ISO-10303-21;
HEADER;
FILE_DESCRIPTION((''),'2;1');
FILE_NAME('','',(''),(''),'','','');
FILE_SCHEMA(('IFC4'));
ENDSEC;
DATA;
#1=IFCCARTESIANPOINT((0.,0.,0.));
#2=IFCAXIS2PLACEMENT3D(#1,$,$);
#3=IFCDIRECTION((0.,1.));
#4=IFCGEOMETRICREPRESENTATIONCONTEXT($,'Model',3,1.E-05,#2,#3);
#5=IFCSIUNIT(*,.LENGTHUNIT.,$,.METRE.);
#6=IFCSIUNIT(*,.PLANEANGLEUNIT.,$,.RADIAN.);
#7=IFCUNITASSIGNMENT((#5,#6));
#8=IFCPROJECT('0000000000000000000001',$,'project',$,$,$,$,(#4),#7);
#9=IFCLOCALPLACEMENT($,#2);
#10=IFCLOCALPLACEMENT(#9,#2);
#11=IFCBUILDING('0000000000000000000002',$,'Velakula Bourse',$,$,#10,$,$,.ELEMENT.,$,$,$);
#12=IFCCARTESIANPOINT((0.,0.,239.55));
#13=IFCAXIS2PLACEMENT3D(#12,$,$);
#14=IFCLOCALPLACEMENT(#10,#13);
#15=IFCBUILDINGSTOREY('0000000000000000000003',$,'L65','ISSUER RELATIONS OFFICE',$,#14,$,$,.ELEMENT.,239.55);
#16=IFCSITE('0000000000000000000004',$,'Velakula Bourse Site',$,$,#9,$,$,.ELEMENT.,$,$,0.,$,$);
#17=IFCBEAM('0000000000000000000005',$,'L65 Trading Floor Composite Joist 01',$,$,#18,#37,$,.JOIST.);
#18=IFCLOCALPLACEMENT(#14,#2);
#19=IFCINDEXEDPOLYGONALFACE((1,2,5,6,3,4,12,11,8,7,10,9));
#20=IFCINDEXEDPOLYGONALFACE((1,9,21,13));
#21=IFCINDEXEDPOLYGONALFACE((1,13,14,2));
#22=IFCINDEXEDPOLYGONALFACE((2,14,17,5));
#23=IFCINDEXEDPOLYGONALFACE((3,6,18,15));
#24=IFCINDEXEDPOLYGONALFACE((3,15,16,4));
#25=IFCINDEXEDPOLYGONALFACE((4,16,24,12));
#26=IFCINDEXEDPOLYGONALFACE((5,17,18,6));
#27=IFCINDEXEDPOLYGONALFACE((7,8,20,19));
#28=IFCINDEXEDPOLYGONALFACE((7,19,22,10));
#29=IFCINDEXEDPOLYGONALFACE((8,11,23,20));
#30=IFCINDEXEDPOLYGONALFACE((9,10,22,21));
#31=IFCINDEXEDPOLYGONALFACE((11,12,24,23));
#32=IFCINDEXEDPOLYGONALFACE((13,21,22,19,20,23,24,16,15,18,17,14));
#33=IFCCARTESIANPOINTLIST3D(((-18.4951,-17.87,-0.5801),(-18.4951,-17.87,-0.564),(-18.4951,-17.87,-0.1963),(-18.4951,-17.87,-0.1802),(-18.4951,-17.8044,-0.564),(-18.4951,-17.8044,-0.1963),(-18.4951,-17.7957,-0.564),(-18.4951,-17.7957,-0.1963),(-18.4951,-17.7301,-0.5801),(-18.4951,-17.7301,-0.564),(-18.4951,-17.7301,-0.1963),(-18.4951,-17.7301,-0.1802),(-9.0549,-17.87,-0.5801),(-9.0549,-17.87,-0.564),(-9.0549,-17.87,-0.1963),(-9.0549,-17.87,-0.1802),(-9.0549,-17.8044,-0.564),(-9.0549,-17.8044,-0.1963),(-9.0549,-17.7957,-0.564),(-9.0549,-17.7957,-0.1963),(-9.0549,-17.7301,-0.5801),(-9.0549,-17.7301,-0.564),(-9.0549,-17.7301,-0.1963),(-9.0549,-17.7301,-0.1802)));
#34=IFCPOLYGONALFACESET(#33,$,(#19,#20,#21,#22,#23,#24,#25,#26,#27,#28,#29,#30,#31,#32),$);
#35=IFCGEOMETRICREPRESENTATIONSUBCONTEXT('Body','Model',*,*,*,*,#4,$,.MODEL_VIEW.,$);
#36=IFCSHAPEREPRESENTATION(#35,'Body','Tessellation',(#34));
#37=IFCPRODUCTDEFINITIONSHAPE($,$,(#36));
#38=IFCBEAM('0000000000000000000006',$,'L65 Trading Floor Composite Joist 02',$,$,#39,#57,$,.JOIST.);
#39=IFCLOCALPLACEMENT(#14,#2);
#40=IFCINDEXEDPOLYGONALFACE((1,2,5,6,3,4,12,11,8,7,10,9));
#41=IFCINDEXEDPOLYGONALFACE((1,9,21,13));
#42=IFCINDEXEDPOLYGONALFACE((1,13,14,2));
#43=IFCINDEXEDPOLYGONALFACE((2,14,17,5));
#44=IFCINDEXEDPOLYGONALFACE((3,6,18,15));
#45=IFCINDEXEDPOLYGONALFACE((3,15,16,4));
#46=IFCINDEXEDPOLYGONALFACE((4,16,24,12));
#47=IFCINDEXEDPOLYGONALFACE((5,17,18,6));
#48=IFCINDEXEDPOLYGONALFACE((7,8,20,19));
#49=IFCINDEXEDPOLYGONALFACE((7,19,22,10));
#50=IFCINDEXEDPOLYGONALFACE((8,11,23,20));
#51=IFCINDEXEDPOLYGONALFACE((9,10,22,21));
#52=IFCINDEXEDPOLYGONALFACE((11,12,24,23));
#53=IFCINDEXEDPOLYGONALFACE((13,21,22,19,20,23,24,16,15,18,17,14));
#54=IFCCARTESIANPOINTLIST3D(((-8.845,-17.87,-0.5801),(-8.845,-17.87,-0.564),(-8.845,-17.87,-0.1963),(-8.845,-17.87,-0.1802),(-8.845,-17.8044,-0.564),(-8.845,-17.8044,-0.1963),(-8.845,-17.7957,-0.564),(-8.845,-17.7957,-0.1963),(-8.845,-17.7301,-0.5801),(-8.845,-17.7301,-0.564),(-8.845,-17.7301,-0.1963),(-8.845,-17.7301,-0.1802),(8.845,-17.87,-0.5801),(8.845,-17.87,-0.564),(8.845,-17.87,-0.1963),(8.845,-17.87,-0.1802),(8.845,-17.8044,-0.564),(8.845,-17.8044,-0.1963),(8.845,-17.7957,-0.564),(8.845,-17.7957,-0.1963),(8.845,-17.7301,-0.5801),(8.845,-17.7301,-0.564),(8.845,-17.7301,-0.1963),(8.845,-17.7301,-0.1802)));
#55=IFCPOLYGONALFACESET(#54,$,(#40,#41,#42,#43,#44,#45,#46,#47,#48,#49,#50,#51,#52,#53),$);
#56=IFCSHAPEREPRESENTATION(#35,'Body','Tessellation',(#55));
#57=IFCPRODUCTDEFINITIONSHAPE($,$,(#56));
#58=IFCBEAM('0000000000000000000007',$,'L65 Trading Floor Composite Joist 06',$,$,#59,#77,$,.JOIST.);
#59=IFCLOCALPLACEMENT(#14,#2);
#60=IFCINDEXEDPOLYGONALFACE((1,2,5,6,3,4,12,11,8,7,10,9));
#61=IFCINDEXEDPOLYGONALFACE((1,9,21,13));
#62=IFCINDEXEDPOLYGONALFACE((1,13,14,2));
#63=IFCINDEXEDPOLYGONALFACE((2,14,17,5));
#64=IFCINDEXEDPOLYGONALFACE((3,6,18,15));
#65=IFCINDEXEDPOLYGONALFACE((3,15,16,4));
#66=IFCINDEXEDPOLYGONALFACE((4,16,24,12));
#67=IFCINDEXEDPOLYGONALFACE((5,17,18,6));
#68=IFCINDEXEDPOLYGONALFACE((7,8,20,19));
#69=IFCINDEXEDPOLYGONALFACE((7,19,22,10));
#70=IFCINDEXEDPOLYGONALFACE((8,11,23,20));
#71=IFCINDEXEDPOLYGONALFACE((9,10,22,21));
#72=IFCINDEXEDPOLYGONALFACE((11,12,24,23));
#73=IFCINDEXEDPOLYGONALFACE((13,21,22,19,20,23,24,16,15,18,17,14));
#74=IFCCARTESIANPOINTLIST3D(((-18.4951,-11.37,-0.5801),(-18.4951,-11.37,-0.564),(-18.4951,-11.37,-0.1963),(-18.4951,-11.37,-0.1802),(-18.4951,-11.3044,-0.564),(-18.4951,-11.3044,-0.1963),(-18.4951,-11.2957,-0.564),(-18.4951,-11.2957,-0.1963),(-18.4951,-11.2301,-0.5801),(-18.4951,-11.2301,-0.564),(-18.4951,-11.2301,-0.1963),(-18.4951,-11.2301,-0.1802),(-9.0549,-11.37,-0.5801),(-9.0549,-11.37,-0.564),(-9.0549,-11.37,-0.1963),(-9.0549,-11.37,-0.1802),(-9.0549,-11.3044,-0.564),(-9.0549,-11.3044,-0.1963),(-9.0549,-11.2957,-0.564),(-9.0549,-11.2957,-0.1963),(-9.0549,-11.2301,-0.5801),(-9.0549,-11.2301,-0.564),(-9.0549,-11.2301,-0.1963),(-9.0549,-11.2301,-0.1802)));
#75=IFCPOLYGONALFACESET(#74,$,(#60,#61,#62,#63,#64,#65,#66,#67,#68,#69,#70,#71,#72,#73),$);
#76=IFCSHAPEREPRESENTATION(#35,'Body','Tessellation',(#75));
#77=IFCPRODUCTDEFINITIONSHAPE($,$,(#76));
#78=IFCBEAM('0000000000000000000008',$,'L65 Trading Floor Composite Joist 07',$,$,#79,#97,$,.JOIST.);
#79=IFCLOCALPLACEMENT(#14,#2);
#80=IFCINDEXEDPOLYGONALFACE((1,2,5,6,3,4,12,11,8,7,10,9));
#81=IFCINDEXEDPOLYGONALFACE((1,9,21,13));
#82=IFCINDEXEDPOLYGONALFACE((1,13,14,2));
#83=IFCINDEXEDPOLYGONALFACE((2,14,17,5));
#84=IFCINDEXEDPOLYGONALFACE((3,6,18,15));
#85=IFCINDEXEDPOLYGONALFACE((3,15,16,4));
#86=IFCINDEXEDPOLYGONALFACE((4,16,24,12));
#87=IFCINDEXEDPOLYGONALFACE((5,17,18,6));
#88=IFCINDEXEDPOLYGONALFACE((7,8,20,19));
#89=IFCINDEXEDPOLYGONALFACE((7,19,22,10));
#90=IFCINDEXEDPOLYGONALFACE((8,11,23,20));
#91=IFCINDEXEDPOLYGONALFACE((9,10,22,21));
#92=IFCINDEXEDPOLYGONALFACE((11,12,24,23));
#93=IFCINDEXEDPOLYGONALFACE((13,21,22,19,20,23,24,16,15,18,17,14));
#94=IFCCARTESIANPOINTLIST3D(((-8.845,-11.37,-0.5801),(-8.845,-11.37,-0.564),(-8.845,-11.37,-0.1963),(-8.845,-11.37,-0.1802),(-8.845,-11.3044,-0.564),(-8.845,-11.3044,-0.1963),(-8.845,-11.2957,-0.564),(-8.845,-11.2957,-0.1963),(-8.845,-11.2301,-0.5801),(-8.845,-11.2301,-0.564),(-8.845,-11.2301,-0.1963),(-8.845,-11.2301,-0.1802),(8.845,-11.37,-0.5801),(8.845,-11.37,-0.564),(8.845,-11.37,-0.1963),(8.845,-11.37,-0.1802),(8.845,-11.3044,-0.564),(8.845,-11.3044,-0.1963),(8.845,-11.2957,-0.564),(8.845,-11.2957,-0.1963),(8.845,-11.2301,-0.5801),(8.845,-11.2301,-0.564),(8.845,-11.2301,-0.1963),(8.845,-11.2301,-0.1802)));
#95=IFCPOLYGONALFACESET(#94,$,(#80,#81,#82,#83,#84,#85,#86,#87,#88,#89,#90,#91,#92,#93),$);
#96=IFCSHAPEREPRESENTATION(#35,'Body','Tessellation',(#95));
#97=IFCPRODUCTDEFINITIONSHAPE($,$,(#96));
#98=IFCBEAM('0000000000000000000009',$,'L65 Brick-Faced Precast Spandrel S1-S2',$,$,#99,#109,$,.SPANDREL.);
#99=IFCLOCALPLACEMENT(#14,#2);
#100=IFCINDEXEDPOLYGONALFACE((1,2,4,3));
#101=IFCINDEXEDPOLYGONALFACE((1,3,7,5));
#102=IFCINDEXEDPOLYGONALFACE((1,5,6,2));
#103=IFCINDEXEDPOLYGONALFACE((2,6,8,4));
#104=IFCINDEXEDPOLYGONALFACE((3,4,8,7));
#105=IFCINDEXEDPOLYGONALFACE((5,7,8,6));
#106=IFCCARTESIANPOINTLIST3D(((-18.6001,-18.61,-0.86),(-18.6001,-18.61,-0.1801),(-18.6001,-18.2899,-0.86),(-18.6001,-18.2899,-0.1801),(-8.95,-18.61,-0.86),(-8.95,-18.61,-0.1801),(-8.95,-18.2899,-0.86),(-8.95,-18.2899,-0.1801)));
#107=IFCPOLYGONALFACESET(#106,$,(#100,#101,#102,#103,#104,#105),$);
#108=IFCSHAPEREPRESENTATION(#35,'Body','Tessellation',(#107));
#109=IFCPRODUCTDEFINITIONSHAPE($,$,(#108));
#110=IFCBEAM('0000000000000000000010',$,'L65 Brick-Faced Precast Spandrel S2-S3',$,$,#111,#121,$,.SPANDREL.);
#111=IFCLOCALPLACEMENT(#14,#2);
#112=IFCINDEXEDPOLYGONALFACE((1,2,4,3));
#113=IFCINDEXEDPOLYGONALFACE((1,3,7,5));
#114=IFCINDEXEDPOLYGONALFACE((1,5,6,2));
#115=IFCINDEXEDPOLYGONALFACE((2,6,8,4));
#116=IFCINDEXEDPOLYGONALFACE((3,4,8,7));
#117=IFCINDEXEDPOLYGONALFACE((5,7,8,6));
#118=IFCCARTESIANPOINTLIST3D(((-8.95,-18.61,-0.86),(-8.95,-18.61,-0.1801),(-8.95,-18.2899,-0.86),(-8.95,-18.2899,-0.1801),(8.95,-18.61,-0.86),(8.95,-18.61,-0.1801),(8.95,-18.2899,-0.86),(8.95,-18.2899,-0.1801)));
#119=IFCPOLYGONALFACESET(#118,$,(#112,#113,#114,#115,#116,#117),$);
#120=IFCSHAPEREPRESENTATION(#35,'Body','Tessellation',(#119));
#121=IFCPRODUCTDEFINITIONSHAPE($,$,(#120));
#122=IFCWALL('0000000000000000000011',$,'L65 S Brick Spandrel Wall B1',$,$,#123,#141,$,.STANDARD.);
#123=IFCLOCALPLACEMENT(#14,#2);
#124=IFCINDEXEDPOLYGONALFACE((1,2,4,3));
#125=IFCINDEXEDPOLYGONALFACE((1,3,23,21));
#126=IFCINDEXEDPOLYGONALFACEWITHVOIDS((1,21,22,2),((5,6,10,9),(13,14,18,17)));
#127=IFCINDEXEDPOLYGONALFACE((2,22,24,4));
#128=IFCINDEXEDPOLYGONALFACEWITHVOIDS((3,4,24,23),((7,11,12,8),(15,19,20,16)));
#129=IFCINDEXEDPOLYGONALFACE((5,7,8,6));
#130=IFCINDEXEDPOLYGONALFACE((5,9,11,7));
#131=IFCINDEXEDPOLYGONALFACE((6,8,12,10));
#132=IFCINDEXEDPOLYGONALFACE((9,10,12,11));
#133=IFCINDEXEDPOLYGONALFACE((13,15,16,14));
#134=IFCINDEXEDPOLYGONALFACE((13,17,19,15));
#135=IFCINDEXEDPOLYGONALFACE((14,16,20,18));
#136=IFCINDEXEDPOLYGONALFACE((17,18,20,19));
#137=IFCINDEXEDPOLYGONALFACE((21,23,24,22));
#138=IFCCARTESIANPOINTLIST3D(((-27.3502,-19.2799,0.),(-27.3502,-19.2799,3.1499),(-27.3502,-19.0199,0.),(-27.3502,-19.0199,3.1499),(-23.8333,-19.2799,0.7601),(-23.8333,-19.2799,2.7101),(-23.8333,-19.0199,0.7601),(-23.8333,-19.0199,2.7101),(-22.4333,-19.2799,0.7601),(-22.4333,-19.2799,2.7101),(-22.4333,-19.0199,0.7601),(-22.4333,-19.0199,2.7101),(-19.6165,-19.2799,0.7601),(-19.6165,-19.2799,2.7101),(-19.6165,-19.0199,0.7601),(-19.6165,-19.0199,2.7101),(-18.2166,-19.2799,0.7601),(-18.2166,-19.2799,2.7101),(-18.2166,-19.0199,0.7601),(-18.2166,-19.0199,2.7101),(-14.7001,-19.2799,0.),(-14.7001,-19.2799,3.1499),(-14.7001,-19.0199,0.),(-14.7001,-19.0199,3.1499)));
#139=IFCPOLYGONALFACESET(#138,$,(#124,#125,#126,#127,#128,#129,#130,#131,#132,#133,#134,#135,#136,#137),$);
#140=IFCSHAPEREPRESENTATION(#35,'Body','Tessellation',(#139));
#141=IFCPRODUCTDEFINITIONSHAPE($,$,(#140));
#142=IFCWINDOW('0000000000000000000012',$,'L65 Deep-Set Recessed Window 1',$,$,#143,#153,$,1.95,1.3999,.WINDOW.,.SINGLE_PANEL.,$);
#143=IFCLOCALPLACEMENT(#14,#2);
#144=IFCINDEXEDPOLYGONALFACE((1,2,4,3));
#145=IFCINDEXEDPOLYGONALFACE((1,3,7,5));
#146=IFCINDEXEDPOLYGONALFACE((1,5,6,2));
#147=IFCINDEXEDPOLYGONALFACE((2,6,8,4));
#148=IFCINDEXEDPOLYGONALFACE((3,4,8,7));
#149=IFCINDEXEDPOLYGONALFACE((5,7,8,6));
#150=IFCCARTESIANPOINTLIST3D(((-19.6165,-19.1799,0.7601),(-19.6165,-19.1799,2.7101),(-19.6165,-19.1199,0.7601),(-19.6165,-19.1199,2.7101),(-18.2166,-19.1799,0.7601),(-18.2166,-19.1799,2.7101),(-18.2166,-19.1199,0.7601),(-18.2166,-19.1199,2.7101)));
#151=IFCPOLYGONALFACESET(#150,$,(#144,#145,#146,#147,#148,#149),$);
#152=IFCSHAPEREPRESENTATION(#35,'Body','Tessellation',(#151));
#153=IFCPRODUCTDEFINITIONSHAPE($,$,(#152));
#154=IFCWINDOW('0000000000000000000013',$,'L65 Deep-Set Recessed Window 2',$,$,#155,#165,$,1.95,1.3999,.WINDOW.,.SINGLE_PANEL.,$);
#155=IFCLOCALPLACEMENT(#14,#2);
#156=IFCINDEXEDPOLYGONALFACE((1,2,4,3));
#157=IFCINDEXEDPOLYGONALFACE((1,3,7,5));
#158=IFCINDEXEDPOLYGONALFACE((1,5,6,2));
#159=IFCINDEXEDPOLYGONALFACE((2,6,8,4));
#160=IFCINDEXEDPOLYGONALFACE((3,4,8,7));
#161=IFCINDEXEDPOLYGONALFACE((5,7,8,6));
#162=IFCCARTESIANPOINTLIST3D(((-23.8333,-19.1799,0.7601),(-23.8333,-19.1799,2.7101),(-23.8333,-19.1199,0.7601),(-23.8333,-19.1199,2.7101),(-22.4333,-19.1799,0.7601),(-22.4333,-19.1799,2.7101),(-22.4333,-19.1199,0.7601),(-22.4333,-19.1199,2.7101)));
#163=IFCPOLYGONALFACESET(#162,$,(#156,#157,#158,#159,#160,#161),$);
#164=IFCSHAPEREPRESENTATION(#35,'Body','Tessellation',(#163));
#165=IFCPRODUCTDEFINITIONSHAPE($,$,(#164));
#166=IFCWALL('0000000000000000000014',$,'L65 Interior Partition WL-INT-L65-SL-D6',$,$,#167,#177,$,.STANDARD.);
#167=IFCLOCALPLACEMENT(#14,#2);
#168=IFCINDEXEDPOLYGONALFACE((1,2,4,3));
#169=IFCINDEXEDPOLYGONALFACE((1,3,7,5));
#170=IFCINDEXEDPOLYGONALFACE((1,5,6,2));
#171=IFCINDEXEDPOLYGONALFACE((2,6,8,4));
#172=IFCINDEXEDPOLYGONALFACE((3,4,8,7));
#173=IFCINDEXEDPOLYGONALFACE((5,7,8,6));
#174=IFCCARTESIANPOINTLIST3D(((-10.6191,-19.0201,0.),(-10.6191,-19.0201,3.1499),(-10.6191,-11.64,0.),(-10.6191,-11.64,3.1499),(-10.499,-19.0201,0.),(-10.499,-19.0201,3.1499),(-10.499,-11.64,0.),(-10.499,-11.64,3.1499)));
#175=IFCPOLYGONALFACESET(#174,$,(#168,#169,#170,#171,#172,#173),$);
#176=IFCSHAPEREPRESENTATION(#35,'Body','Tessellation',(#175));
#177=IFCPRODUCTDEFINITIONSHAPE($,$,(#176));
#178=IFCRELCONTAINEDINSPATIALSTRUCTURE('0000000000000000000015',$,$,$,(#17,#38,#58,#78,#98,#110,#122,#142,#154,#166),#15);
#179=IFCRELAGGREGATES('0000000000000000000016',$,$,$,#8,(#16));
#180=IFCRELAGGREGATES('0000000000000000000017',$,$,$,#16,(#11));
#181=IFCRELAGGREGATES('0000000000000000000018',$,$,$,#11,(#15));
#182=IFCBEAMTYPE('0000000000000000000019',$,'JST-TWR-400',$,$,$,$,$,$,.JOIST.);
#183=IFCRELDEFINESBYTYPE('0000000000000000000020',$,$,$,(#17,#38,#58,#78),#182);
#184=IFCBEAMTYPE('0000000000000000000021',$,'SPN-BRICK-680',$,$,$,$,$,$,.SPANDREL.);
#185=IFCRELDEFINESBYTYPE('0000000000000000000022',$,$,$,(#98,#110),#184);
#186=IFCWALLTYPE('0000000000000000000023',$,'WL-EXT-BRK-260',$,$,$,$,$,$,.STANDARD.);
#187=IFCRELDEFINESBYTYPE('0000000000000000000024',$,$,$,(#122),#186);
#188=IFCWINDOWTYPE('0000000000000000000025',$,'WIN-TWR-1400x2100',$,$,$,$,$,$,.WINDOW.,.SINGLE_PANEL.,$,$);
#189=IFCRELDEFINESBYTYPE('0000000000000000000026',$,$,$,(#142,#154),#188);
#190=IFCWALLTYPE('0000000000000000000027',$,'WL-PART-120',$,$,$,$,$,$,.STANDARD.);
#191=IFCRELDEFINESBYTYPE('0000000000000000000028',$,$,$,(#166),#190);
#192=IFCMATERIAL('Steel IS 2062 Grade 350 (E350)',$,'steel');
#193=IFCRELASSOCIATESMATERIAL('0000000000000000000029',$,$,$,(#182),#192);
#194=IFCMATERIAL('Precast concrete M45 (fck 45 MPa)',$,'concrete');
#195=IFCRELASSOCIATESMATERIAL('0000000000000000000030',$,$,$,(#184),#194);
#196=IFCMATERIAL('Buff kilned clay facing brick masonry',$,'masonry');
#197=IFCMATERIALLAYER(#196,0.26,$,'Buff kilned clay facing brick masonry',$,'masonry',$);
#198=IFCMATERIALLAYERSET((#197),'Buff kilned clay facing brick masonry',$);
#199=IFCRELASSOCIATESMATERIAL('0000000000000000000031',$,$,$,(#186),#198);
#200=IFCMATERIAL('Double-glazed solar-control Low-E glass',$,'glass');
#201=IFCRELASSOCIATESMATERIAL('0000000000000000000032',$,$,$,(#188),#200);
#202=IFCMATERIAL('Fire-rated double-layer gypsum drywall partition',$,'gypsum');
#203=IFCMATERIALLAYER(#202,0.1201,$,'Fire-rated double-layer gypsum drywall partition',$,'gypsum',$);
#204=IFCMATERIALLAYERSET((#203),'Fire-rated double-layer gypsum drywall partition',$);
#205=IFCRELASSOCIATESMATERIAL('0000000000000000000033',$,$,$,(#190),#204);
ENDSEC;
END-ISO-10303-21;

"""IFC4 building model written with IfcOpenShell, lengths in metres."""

from ifc_helpers import new_model, si_unit, direction, frame, frame_2d, origin, origin_2d, place, context, subcontext, project, spatial, rectangle, i_section, extrude, material, layer, layer_set, material_profile, profile_set, type_object, element, fill, save


model = new_model("IFC4")

# Units and contexts
model_context = context("Model", 3, precision=1e-05, world=origin(), true_north=direction((0.0, 1.0)))
body_context = subcontext(model_context, "Body", "Model", "MODEL_VIEW")
ifc_project = project(units=[si_unit("LENGTHUNIT", "METRE"), si_unit("PLANEANGLEUNIT", "RADIAN")], contexts=[model_context])

# Site, building, storey
site_placement = place(None, origin())
site = spatial("IfcSite", under=ifc_project, at=site_placement, Name="Velakula Bourse Site", CompositionType="ELEMENT", RefElevation=0.0)
building_placement = place(site_placement, origin())
building = spatial("IfcBuilding", under=site, at=building_placement, Name="Velakula Bourse", CompositionType="ELEMENT")
storey_placement = place(building_placement, frame((0.0, 0.0, 239.55)))
storey = spatial("IfcBuildingStorey", under=building, at=storey_placement, Name="L65", Description="ISSUER RELATIONS OFFICE", CompositionType="ELEMENT", Elevation=239.55)

# Shared definitions
ifc_material_1 = material(Name="Steel IS 2062 Grade 350 (E350)", Category="steel")

# Beams
ifc_material_profile_1 = material_profile(ifc_material_1, i_section(OverallWidth=0.1399, OverallDepth=0.3999, WebThickness=0.0088, FlangeThickness=0.0161, at=origin_2d()), Name="Steel IS 2062 Grade 350 (E350)")
ifc_profile_set_1 = profile_set([ifc_material_profile_1], Name="Steel IS 2062 Grade 350 (E350)")
beam_type_1 = type_object("IfcBeamType", Name="JST-TWR-400", PredefinedType="JOIST", material=ifc_profile_set_1)
beam_1_placement = place(storey_placement, frame((-18.4951, -17.8, -0.3801), z_axis=(1.0, 0.0, 0.0), x_axis=(0.0, 1.0, 0.0)))
element("IfcBeam", 1, at=beam_1_placement, inside=storey, type_object=beam_type_1, Name="L65 Trading Floor Composite Joist 01", PredefinedType="JOIST", context=body_context, shape_type="SweptSolid", body=[
    extrude(i_section(OverallWidth=0.1399, OverallDepth=0.3999, WebThickness=0.0088, FlangeThickness=0.0161, at=origin_2d()), origin(), (0.0, 0.0, 1.0), 9.4402),
])
beam_2_placement = place(storey_placement, frame((-8.845, -17.8, -0.3801), z_axis=(1.0, 0.0, 0.0), x_axis=(0.0, 1.0, 0.0)))
element("IfcBeam", 2, at=beam_2_placement, inside=storey, type_object=beam_type_1, Name="L65 Trading Floor Composite Joist 02", PredefinedType="JOIST", context=body_context, shape_type="SweptSolid", body=[
    extrude(i_section(OverallWidth=0.1399, OverallDepth=0.3999, WebThickness=0.0088, FlangeThickness=0.0161, at=origin_2d()), origin(), (0.0, 0.0, 1.0), 17.6899),
])
beam_3_placement = place(storey_placement, frame((-18.4951, -11.3, -0.3801), z_axis=(1.0, 0.0, 0.0), x_axis=(0.0, 1.0, 0.0)))
element("IfcBeam", 3, at=beam_3_placement, inside=storey, type_object=beam_type_1, Name="L65 Trading Floor Composite Joist 06", PredefinedType="JOIST", context=body_context, shape_type="SweptSolid", body=[
    extrude(i_section(OverallWidth=0.1399, OverallDepth=0.3999, WebThickness=0.0088, FlangeThickness=0.0161, at=origin_2d()), origin(), (0.0, 0.0, 1.0), 9.4402),
])
beam_4_placement = place(storey_placement, frame((-8.845, -11.3, -0.3801), z_axis=(1.0, 0.0, 0.0), x_axis=(0.0, 1.0, 0.0)))
element("IfcBeam", 4, at=beam_4_placement, inside=storey, type_object=beam_type_1, Name="L65 Trading Floor Composite Joist 07", PredefinedType="JOIST", context=body_context, shape_type="SweptSolid", body=[
    extrude(i_section(OverallWidth=0.1399, OverallDepth=0.3999, WebThickness=0.0088, FlangeThickness=0.0161, at=origin_2d()), origin(), (0.0, 0.0, 1.0), 17.6899),
])
ifc_material_2 = material(Name="Precast concrete M45 (fck 45 MPa)", Category="concrete")
ifc_material_profile_2 = material_profile(ifc_material_2, rectangle(XDim=0.3201, YDim=0.6799, at=origin_2d()), Name="Precast concrete M45 (fck 45 MPa)")
ifc_profile_set_2 = profile_set([ifc_material_profile_2], Name="Precast concrete M45 (fck 45 MPa)")
beam_type_2 = type_object("IfcBeamType", Name="SPN-BRICK-680", PredefinedType="SPANDREL", material=ifc_profile_set_2)
beam_5_placement = place(storey_placement, frame((-18.6001, -18.45, -0.52), z_axis=(1.0, 0.0, 0.0), x_axis=(0.0, 1.0, 0.0)))
element("IfcBeam", 5, at=beam_5_placement, inside=storey, type_object=beam_type_2, Name="L65 Brick-Faced Precast Spandrel S1-S2", PredefinedType="SPANDREL", context=body_context, shape_type="SweptSolid", body=[
    extrude(rectangle(XDim=0.3201, YDim=0.6799, at=origin_2d()), origin(), (0.0, 0.0, 1.0), 9.6501),
])
beam_6_placement = place(storey_placement, frame((-8.95, -18.45, -0.52), z_axis=(1.0, 0.0, 0.0), x_axis=(0.0, 1.0, 0.0)))
element("IfcBeam", 6, at=beam_6_placement, inside=storey, type_object=beam_type_2, Name="L65 Brick-Faced Precast Spandrel S2-S3", PredefinedType="SPANDREL", context=body_context, shape_type="SweptSolid", body=[
    extrude(rectangle(XDim=0.3201, YDim=0.6799, at=origin_2d()), origin(), (0.0, 0.0, 1.0), 17.8999),
])

# Wall, openings, windows
ifc_material_3 = material(Name="Buff kilned clay facing brick masonry", Category="masonry")
ifc_layer_1 = layer(ifc_material_3, 0.26, Name="Buff kilned clay facing brick masonry", Category="masonry")
ifc_layer_set_1 = layer_set([ifc_layer_1], Name="Buff kilned clay facing brick masonry")
wall_type_1 = type_object("IfcWallType", Name="WL-EXT-BRK-260", PredefinedType="STANDARD", material=ifc_layer_set_1)
wall_1_placement = place(storey_placement, frame((-14.7, -19.1499, 0.0), z_axis=(0.0, 0.0, 1.0), x_axis=(-1.0, 0.0, 0.0)))
wall_1 = element("IfcWall", 7, at=wall_1_placement, inside=storey, type_object=wall_type_1, Name="L65 S Brick Spandrel Wall B1", PredefinedType="STANDARD", context=body_context, shape_type="SweptSolid", body=[
    extrude(rectangle(XDim=12.6501, YDim=0.26, at=frame_2d((6.3252, 0.0))), origin(), (0.0, 0.0, 1.0), 3.1499),
])
opening_1_placement = place(wall_1_placement, frame((3.5166, 0.0, 0.76)))
opening_1 = element("IfcOpeningElement", 8, at=opening_1_placement, cuts=wall_1, PredefinedType="OPENING", context=body_context, shape_type="SweptSolid", body=[
    extrude(rectangle(XDim=1.3999, YDim=1.95, at=frame_2d((0.7, 0.9751))), frame((0.0, 0.1399, 0.0), z_axis=(0.0, -1.0, 0.0), x_axis=(1.0, 0.0, 0.0)), (0.0, 0.0, 1.0), 0.28),
])
opening_2_placement = place(wall_1_placement, frame((7.7334, 0.0, 0.76)))
opening_2 = element("IfcOpeningElement", 9, at=opening_2_placement, cuts=wall_1, PredefinedType="OPENING", context=body_context, shape_type="SweptSolid", body=[
    extrude(rectangle(XDim=1.3999, YDim=1.95, at=frame_2d((0.7, 0.9751))), frame((0.0, 0.1399, 0.0), z_axis=(0.0, -1.0, 0.0), x_axis=(1.0, 0.0, 0.0)), (0.0, 0.0, 1.0), 0.28),
])
ifc_material_4 = material(Name="Double-glazed solar-control Low-E glass", Category="glass")
window_type = type_object("IfcWindowType", Name="WIN-TWR-1400x2100", PartitioningType="SINGLE_PANEL", PredefinedType="WINDOW", material=ifc_material_4)
window_1_placement = place(opening_1_placement, origin())
window_1 = element("IfcWindow", 10, at=window_1_placement, inside=storey, type_object=window_type, Name="L65 Deep-Set Recessed Window 1", OverallHeight=1.95, OverallWidth=1.3999, PartitioningType="SINGLE_PANEL", PredefinedType="WINDOW", context=body_context, shape_type="SweptSolid", body=[
    extrude(rectangle(XDim=1.3999, YDim=1.95, at=frame_2d((0.7, 0.9751))), frame((0.0, 0.03, 0.0), z_axis=(0.0, -1.0, 0.0), x_axis=(1.0, 0.0, 0.0)), (0.0, 0.0, 1.0), 0.0601),
])
fill(opening_1, window_1)
window_2_placement = place(opening_2_placement, origin())
window_2 = element("IfcWindow", 11, at=window_2_placement, inside=storey, type_object=window_type, Name="L65 Deep-Set Recessed Window 2", OverallHeight=1.95, OverallWidth=1.3999, PartitioningType="SINGLE_PANEL", PredefinedType="WINDOW", context=body_context, shape_type="SweptSolid", body=[
    extrude(rectangle(XDim=1.3999, YDim=1.95, at=frame_2d((0.7, 0.9751))), frame((0.0, 0.03, 0.0), z_axis=(0.0, -1.0, 0.0), x_axis=(1.0, 0.0, 0.0)), (0.0, 0.0, 1.0), 0.0601),
])
fill(opening_2, window_2)

# Wall
ifc_material_5 = material(Name="Fire-rated double-layer gypsum drywall partition", Category="gypsum")
ifc_layer_2 = layer(ifc_material_5, 0.1201, Name="Fire-rated double-layer gypsum drywall partition", Category="gypsum")
ifc_layer_set_2 = layer_set([ifc_layer_2], Name="Fire-rated double-layer gypsum drywall partition")
wall_type_2 = type_object("IfcWallType", Name="WL-PART-120", PredefinedType="STANDARD", material=ifc_layer_set_2)
wall_2_placement = place(storey_placement, frame((-10.5591, -19.02, 0.0), z_axis=(0.0, 0.0, 1.0), x_axis=(0.0, 1.0, 0.0)))
element("IfcWall", 12, at=wall_2_placement, inside=storey, type_object=wall_type_2, Name="L65 Interior Partition WL-INT-L65-SL-D6", PredefinedType="STANDARD", context=body_context, shape_type="SweptSolid", body=[
    extrude(rectangle(XDim=7.3801, YDim=0.1201, at=frame_2d((3.6899, 0.0))), origin(), (0.0, 0.0, 1.0), 3.1499),
])

save(model, "model.ifc")
